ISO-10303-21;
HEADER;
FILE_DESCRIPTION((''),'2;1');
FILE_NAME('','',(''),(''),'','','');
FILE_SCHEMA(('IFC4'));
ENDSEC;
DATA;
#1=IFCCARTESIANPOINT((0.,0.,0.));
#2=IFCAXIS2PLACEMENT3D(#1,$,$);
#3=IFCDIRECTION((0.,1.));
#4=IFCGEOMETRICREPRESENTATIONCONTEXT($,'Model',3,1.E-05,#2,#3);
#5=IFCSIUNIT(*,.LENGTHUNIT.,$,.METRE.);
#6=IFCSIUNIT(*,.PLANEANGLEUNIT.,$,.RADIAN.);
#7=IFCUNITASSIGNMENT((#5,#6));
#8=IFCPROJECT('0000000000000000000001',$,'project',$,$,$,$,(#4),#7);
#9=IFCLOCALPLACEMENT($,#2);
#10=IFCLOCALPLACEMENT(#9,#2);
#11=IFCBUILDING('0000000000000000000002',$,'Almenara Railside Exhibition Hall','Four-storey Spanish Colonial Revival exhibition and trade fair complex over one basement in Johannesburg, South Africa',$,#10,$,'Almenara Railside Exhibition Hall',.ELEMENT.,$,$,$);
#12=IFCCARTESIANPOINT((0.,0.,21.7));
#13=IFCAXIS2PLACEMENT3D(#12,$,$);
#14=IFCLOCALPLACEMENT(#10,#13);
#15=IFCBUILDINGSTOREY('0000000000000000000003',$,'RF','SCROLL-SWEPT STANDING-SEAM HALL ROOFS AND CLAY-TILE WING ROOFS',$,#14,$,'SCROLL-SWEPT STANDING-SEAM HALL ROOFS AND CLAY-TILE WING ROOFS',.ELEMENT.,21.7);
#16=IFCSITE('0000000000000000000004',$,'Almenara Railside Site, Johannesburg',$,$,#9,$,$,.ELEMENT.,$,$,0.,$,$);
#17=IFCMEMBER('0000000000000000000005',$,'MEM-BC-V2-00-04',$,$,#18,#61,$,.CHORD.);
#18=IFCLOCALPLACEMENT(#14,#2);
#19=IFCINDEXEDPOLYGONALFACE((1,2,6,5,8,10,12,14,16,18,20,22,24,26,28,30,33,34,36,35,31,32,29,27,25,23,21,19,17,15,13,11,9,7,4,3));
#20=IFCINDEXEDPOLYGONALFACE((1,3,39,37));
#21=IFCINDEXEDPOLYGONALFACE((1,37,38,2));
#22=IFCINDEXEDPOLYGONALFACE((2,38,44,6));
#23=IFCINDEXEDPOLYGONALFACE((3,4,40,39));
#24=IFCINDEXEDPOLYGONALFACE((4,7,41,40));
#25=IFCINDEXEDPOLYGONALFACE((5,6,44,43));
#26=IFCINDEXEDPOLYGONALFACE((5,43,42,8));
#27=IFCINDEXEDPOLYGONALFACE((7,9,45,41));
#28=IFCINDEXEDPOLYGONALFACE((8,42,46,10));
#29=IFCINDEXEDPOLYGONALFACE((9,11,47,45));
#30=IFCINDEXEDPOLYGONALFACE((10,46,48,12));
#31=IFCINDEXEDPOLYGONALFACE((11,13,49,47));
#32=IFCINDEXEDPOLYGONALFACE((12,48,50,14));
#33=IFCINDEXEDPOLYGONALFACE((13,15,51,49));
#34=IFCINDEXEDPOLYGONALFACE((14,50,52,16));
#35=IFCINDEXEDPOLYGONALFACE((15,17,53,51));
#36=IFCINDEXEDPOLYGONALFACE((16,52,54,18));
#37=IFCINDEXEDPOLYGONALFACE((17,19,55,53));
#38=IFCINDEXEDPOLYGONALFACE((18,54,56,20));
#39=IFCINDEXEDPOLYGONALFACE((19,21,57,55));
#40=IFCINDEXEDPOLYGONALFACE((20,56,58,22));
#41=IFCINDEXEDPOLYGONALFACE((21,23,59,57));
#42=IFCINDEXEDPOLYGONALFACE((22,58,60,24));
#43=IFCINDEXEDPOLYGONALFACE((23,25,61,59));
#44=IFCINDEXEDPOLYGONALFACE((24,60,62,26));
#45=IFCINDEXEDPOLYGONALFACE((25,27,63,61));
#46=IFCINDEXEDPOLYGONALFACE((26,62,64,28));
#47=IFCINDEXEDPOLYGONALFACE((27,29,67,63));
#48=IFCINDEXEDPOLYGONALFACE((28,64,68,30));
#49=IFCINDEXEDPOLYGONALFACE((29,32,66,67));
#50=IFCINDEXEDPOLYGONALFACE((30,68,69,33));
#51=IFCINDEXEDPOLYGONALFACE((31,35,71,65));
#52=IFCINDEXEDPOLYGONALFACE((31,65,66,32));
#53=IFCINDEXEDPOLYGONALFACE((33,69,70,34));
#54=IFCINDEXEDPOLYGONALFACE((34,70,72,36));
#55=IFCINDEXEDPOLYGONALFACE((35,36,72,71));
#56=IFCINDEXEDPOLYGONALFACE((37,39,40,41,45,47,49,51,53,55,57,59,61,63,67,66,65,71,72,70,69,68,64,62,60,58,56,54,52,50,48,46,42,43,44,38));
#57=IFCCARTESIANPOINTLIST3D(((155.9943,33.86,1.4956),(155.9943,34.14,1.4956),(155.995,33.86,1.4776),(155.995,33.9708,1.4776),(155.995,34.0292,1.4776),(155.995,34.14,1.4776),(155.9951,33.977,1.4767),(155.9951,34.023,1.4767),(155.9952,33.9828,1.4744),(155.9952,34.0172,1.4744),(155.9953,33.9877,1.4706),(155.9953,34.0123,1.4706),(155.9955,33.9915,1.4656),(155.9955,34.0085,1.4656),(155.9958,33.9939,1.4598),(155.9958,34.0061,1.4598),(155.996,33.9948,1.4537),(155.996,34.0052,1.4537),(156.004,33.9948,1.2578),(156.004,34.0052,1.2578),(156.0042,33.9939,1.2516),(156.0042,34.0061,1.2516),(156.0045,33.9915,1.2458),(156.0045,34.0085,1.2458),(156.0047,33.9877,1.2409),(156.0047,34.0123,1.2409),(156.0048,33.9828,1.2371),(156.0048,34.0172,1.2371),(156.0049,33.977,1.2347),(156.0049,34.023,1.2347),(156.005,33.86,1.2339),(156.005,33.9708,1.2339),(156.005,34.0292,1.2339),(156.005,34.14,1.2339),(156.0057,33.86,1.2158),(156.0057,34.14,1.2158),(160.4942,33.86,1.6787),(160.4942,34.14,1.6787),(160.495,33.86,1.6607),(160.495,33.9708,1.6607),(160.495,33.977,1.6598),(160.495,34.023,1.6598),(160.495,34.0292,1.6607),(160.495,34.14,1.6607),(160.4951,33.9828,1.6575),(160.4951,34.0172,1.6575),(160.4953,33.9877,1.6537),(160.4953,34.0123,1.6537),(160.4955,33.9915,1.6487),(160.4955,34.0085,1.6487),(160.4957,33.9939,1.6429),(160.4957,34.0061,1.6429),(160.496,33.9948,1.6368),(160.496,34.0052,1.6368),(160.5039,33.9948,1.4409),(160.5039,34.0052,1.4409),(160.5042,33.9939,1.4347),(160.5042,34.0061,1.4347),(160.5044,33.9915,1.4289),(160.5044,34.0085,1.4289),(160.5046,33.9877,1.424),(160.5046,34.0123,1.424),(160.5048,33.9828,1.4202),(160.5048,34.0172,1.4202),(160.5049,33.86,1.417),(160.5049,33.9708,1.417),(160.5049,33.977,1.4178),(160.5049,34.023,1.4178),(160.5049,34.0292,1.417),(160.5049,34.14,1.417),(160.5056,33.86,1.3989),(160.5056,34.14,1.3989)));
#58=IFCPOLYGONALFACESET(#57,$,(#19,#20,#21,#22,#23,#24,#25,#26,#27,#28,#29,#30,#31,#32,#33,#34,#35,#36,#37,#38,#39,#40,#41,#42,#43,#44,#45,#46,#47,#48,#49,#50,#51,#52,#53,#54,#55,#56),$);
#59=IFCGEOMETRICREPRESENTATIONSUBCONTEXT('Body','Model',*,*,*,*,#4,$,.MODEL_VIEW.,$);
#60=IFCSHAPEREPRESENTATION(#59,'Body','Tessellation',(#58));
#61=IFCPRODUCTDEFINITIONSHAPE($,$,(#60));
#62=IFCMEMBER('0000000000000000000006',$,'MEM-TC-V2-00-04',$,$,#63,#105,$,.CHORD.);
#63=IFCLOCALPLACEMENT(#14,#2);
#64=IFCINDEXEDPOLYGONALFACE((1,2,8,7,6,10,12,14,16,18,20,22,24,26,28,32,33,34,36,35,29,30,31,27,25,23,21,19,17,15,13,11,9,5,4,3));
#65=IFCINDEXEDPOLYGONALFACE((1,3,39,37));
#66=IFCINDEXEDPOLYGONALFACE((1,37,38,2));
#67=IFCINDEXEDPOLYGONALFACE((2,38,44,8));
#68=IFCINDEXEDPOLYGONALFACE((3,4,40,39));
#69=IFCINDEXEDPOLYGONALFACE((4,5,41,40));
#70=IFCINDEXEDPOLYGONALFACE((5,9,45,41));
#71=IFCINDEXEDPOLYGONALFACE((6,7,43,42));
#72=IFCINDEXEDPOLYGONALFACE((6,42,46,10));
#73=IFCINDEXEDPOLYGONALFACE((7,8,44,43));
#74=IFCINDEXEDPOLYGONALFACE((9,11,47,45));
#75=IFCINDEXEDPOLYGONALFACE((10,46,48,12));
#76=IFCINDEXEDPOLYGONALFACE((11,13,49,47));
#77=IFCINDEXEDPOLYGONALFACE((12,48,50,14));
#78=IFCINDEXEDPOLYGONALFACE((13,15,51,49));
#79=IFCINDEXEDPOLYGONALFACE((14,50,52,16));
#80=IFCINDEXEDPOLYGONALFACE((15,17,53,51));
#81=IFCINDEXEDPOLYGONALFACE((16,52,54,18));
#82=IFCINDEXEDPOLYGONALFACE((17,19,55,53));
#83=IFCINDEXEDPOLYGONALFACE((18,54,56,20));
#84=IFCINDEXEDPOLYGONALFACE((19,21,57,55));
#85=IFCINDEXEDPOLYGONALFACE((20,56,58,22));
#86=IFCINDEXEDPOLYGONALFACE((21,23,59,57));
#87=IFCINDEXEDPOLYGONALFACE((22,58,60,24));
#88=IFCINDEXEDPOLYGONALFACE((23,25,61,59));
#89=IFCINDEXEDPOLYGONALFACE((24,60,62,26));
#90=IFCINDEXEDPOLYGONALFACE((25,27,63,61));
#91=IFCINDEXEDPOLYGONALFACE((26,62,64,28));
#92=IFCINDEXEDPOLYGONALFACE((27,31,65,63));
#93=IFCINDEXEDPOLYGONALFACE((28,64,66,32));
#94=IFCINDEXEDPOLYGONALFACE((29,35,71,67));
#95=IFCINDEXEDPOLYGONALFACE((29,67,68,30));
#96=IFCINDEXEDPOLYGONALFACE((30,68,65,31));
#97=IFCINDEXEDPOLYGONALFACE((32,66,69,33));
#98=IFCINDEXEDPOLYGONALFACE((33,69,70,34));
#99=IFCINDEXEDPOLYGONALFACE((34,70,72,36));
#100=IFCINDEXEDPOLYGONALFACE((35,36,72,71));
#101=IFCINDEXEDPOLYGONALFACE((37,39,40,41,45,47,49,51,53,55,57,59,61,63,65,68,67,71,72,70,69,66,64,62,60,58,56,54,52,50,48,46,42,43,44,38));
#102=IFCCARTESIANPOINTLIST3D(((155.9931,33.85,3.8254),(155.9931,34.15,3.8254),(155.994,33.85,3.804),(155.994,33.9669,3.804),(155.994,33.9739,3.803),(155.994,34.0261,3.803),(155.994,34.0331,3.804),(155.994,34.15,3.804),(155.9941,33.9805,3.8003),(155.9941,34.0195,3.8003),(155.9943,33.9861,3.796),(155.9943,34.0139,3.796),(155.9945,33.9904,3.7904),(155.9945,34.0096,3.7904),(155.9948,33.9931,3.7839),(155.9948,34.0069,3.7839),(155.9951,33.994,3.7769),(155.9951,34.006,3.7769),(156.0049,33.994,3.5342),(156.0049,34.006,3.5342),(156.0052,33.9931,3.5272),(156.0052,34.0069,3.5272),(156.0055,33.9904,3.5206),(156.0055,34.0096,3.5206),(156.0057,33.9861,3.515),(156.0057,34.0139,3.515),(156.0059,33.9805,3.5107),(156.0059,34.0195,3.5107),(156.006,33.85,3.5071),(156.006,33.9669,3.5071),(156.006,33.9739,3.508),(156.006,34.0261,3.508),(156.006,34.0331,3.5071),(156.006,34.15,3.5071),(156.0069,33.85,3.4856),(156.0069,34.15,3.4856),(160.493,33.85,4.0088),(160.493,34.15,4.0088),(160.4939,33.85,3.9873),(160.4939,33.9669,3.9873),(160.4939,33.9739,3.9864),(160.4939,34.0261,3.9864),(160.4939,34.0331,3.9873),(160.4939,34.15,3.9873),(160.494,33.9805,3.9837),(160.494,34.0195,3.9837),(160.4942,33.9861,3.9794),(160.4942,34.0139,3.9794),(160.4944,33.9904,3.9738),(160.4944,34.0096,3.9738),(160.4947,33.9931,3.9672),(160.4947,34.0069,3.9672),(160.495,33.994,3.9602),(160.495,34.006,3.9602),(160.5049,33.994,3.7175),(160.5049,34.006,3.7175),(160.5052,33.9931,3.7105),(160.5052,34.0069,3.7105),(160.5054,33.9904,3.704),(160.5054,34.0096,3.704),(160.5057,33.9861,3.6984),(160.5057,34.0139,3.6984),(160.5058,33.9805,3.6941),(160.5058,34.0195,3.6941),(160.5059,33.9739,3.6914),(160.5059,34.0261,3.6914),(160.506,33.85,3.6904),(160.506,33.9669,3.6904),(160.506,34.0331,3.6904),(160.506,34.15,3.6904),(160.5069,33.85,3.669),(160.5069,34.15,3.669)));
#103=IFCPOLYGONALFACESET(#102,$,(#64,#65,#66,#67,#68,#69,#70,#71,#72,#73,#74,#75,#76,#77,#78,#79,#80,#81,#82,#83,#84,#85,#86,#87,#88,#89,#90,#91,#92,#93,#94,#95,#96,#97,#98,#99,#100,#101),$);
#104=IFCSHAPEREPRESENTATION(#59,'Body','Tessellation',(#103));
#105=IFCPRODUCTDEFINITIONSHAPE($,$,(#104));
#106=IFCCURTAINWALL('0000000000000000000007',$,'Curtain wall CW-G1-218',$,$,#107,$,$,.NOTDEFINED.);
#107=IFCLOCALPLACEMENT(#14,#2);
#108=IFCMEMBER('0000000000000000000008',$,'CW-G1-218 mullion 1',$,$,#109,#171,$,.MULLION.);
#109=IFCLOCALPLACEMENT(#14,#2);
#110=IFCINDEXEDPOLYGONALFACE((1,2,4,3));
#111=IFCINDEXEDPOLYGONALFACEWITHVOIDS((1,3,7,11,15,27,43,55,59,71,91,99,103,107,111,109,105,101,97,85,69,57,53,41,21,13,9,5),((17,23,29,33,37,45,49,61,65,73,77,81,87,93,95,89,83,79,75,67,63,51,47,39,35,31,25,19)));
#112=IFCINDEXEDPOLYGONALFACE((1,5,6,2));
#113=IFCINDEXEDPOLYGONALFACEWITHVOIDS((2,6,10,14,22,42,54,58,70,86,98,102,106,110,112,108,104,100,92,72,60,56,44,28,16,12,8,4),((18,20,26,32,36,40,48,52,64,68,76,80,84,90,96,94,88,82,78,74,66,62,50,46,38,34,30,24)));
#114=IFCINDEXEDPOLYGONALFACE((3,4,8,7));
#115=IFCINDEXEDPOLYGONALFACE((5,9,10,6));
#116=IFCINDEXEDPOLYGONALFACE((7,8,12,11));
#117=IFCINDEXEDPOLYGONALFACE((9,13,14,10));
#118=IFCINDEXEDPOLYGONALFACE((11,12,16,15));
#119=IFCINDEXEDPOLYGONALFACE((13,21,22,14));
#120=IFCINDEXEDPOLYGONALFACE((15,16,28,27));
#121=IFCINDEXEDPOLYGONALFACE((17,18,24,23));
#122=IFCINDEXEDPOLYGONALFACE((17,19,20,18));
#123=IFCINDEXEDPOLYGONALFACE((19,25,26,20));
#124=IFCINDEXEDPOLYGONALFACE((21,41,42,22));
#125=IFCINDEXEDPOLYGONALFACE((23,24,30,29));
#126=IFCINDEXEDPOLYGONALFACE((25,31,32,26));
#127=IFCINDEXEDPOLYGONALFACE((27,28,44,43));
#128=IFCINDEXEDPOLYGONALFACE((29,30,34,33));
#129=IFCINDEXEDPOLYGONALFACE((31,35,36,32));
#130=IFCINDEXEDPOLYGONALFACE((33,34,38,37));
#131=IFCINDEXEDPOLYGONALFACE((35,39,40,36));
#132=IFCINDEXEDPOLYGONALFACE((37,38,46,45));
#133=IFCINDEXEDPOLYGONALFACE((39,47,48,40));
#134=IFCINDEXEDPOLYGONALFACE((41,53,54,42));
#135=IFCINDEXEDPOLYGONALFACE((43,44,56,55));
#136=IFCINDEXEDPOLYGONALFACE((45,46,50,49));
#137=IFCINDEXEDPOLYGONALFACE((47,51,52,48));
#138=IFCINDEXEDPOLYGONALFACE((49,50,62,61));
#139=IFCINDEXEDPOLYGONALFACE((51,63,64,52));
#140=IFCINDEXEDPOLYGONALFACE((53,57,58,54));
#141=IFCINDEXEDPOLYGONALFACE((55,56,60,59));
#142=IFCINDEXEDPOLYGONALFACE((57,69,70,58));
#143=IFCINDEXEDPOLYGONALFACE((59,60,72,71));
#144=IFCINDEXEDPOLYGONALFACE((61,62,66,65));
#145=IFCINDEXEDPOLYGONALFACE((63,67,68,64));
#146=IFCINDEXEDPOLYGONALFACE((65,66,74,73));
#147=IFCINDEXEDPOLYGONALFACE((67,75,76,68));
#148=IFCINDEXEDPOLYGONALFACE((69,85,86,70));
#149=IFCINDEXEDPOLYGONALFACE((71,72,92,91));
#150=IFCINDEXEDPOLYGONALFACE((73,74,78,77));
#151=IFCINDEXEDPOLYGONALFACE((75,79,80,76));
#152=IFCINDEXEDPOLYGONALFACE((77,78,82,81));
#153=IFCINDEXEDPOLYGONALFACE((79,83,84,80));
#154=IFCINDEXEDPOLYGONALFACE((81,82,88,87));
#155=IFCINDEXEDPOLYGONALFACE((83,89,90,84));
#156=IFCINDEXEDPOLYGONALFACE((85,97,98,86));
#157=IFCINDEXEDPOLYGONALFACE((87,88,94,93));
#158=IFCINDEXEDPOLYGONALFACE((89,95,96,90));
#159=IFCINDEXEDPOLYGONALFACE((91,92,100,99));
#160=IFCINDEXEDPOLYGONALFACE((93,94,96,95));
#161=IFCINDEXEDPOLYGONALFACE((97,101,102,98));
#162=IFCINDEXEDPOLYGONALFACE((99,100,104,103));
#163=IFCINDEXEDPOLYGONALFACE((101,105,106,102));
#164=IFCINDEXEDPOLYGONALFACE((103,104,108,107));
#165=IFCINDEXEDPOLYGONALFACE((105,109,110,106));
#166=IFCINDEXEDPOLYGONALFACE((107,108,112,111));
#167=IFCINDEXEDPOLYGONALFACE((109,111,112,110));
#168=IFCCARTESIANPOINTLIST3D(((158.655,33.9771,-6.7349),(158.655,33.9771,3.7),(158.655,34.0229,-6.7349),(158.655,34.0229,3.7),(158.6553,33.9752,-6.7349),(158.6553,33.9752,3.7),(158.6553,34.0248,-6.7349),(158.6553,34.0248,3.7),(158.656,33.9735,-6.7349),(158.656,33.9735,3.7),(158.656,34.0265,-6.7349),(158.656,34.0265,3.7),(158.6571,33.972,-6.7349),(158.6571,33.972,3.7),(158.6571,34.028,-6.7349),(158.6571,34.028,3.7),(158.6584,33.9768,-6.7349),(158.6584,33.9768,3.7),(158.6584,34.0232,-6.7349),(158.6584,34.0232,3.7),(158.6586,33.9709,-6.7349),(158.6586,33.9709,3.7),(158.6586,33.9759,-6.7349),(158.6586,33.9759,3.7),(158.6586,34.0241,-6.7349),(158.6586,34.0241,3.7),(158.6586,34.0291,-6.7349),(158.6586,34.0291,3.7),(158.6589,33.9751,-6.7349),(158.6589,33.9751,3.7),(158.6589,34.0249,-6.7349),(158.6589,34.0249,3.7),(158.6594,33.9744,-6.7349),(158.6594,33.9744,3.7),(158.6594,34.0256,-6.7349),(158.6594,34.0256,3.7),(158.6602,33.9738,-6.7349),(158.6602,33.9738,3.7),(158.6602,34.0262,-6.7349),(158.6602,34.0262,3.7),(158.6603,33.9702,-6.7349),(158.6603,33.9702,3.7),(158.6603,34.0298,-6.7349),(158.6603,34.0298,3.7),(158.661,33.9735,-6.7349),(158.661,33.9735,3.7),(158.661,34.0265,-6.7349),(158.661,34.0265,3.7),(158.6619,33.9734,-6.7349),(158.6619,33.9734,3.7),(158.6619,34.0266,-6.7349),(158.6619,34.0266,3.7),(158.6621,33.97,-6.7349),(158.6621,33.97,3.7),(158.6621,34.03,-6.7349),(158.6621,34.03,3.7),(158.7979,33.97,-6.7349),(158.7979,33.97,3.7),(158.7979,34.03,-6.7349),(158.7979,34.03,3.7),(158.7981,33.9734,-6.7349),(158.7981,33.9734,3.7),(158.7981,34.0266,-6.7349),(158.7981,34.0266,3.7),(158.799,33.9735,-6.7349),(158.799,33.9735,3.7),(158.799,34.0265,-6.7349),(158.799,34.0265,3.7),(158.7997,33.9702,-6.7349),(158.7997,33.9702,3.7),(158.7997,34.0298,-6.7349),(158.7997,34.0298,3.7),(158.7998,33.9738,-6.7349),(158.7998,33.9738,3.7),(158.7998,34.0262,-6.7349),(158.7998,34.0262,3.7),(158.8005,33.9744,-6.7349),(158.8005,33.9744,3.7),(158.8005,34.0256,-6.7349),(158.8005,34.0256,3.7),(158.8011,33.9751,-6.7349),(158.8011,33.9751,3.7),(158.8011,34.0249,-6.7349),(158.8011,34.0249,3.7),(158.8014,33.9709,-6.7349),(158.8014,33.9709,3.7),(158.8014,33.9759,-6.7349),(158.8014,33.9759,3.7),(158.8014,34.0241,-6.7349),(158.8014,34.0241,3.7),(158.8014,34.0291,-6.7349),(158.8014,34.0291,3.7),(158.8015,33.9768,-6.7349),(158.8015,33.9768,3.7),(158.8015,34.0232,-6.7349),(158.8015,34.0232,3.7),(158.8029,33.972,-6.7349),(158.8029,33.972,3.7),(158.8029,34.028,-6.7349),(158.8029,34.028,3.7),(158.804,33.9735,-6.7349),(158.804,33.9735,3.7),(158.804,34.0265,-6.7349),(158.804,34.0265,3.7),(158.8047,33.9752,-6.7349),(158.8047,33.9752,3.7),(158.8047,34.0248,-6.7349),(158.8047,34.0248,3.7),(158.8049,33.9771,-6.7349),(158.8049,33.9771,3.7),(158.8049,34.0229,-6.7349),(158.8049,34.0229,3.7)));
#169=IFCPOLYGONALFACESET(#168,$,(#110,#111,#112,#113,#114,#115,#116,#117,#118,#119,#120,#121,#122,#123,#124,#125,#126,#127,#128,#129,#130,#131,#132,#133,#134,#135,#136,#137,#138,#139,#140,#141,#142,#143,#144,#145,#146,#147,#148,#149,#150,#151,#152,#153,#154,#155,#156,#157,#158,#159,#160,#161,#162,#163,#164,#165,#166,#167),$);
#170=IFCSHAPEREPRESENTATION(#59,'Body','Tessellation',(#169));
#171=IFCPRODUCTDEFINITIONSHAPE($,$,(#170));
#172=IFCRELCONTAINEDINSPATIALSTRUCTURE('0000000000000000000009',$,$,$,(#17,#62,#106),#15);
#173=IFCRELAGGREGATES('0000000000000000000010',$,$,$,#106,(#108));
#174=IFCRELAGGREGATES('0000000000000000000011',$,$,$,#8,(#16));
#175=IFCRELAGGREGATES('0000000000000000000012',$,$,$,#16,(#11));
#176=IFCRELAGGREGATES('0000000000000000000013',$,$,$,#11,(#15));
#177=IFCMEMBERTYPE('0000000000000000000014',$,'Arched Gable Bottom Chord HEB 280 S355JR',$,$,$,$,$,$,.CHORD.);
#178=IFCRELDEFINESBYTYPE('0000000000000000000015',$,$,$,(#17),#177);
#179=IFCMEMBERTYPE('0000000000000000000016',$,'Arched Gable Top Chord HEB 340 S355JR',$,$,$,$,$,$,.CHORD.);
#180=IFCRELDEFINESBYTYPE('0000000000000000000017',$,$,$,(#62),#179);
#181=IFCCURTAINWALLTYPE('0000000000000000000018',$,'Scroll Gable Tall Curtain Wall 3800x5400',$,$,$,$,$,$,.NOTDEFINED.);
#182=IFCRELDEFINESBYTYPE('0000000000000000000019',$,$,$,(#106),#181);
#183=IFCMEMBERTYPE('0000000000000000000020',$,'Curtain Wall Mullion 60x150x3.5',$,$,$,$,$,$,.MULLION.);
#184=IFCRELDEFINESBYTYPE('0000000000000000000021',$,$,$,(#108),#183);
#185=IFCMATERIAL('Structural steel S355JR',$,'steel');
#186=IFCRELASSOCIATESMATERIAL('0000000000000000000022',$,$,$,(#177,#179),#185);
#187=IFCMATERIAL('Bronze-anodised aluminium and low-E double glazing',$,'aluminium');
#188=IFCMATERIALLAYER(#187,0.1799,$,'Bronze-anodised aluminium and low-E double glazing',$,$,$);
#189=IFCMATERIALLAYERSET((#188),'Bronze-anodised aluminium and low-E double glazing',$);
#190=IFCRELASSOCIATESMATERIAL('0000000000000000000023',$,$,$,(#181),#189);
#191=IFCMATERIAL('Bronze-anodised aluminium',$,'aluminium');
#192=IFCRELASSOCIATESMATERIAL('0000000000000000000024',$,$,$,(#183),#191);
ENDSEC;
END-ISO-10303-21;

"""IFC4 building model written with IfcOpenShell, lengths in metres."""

from ifc_helpers import new_model, si_unit, direction, frame, origin, origin_2d, place, context, subcontext, project, spatial, hollow_rectangle, i_section, extrude, material, layer, layer_set, material_profile, profile_set, type_object, element, aggregate, save


model = new_model("IFC4")

# Units and contexts
model_context = context("Model", 3, precision=1e-05, world=origin(), true_north=direction((0.0, 1.0)))
body_context = subcontext(model_context, "Body", "Model", "MODEL_VIEW")
ifc_project = project(units=[si_unit("LENGTHUNIT", "METRE"), si_unit("PLANEANGLEUNIT", "RADIAN")], contexts=[model_context])

# Site, building, storey
site_placement = place(None, origin())
site = spatial("IfcSite", under=ifc_project, at=site_placement, Name="Almenara Railside Site, Johannesburg", CompositionType="ELEMENT", RefElevation=0.0)
building_placement = place(site_placement, origin())
building = spatial("IfcBuilding", under=site, at=building_placement, Name="Almenara Railside Exhibition Hall", Description="Four-storey Spanish Colonial Revival exhibition and trade fair complex over one basement in Johannesburg, South Africa", LongName="Almenara Railside Exhibition Hall", CompositionType="ELEMENT")
storey_placement = place(building_placement, frame((0.0, 0.0, 21.7)))
storey = spatial("IfcBuildingStorey", under=building, at=storey_placement, Name="RF", Description="SCROLL-SWEPT STANDING-SEAM HALL ROOFS AND CLAY-TILE WING ROOFS", LongName="SCROLL-SWEPT STANDING-SEAM HALL ROOFS AND CLAY-TILE WING ROOFS", CompositionType="ELEMENT", Elevation=21.7)

# Members
ifc_material_1 = material(Name="Structural steel S355JR", Category="steel")
ifc_material_profile_1 = material_profile(ifc_material_1, i_section(OverallWidth=0.28, OverallDepth=0.28, WebThickness=0.0105, FlangeThickness=0.0181, FilletRadius=0.0239, at=origin_2d()), Name="HEB 280")
ifc_profile_set_1 = profile_set([ifc_material_profile_1], Name="Structural steel S355JR")
member_type_1 = type_object("IfcMemberType", Name="Arched Gable Bottom Chord HEB 280 S355JR", PredefinedType="CHORD", material=ifc_profile_set_1)
member_1_placement = place(storey_placement, frame((156.0, 34.0, 1.3557), z_axis=(0.999173, 0.0, 0.040656), x_axis=(0.0, 1.0, 0.0)))
element("IfcMember", 1, at=member_1_placement, inside=storey, type_object=member_type_1, Name="MEM-BC-V2-00-04", PredefinedType="CHORD", context=body_context, shape_type="SweptSolid", body=[
    extrude(i_section(OverallWidth=0.28, OverallDepth=0.28, WebThickness=0.0105, FlangeThickness=0.0181, FilletRadius=0.0239, at=origin_2d()), origin(), (0.0, 0.0, 1.0), 4.5037),
])
ifc_material_profile_2 = material_profile(ifc_material_1, i_section(OverallWidth=0.3, OverallDepth=0.3401, WebThickness=0.012, FlangeThickness=0.0215, FilletRadius=0.0271, at=origin_2d()), Name="HEB 340")
ifc_profile_set_2 = profile_set([ifc_material_profile_2], Name="Structural steel S355JR")
member_type_2 = type_object("IfcMemberType", Name="Arched Gable Top Chord HEB 340 S355JR", PredefinedType="CHORD", material=ifc_profile_set_2)
member_2_placement = place(storey_placement, frame((156.0, 34.0, 3.6555), z_axis=(0.999171, 0.0, 0.040711), x_axis=(0.0, 1.0, 0.0)))
element("IfcMember", 2, at=member_2_placement, inside=storey, type_object=member_type_2, Name="MEM-TC-V2-00-04", PredefinedType="CHORD", context=body_context, shape_type="SweptSolid", body=[
    extrude(i_section(OverallWidth=0.3, OverallDepth=0.3401, WebThickness=0.012, FlangeThickness=0.0215, FilletRadius=0.0271, at=origin_2d()), origin(), (0.0, 0.0, 1.0), 4.5037),
])

# Curtain wall, member
ifc_material_2 = material(Name="Bronze-anodised aluminium and low-E double glazing", Category="aluminium")
ifc_layer_1 = layer(ifc_material_2, 0.1799, Name="Bronze-anodised aluminium and low-E double glazing")
ifc_layer_set_1 = layer_set([ifc_layer_1], Name="Bronze-anodised aluminium and low-E double glazing")
curtain_wall_type = type_object("IfcCurtainWallType", Name="Scroll Gable Tall Curtain Wall 3800x5400", PredefinedType="NOTDEFINED", material=ifc_layer_set_1)
curtain_wall_1_placement = place(storey_placement, origin())
curtain_wall_1 = element("IfcCurtainWall", 3, at=curtain_wall_1_placement, inside=storey, type_object=curtain_wall_type, Name="Curtain wall CW-G1-218", PredefinedType="NOTDEFINED")
ifc_material_3 = material(Name="Bronze-anodised aluminium", Category="aluminium")
ifc_material_profile_3 = material_profile(ifc_material_3, hollow_rectangle(XDim=0.0601, YDim=0.1499, WallThickness=0.0034, InnerFilletRadius=0.0034, OuterFilletRadius=0.0071, at=origin_2d()), Name="ALU-MUL 60x150x3.5")
ifc_profile_set_3 = profile_set([ifc_material_profile_3], Name="Bronze-anodised aluminium")
member_type_3 = type_object("IfcMemberType", Name="Curtain Wall Mullion 60x150x3.5", PredefinedType="MULLION", material=ifc_profile_set_3)
member_3_placement = place(storey_placement, frame((158.73, 34.0, -6.7349), z_axis=(0.0, 0.0, 1.0), x_axis=(0.0, 1.0, 0.0)))
member_3 = element("IfcMember", 4, at=member_3_placement, type_object=member_type_3, Name="CW-G1-218 mullion 1", PredefinedType="MULLION", context=body_context, shape_type="SweptSolid", body=[
    extrude(hollow_rectangle(XDim=0.0601, YDim=0.1499, WallThickness=0.0034, InnerFilletRadius=0.0034, OuterFilletRadius=0.0071, at=origin_2d()), origin(), (0.0, 0.0, 1.0), 10.4348),
])

aggregate(curtain_wall_1, [member_3])

save(model, "model.ifc")
